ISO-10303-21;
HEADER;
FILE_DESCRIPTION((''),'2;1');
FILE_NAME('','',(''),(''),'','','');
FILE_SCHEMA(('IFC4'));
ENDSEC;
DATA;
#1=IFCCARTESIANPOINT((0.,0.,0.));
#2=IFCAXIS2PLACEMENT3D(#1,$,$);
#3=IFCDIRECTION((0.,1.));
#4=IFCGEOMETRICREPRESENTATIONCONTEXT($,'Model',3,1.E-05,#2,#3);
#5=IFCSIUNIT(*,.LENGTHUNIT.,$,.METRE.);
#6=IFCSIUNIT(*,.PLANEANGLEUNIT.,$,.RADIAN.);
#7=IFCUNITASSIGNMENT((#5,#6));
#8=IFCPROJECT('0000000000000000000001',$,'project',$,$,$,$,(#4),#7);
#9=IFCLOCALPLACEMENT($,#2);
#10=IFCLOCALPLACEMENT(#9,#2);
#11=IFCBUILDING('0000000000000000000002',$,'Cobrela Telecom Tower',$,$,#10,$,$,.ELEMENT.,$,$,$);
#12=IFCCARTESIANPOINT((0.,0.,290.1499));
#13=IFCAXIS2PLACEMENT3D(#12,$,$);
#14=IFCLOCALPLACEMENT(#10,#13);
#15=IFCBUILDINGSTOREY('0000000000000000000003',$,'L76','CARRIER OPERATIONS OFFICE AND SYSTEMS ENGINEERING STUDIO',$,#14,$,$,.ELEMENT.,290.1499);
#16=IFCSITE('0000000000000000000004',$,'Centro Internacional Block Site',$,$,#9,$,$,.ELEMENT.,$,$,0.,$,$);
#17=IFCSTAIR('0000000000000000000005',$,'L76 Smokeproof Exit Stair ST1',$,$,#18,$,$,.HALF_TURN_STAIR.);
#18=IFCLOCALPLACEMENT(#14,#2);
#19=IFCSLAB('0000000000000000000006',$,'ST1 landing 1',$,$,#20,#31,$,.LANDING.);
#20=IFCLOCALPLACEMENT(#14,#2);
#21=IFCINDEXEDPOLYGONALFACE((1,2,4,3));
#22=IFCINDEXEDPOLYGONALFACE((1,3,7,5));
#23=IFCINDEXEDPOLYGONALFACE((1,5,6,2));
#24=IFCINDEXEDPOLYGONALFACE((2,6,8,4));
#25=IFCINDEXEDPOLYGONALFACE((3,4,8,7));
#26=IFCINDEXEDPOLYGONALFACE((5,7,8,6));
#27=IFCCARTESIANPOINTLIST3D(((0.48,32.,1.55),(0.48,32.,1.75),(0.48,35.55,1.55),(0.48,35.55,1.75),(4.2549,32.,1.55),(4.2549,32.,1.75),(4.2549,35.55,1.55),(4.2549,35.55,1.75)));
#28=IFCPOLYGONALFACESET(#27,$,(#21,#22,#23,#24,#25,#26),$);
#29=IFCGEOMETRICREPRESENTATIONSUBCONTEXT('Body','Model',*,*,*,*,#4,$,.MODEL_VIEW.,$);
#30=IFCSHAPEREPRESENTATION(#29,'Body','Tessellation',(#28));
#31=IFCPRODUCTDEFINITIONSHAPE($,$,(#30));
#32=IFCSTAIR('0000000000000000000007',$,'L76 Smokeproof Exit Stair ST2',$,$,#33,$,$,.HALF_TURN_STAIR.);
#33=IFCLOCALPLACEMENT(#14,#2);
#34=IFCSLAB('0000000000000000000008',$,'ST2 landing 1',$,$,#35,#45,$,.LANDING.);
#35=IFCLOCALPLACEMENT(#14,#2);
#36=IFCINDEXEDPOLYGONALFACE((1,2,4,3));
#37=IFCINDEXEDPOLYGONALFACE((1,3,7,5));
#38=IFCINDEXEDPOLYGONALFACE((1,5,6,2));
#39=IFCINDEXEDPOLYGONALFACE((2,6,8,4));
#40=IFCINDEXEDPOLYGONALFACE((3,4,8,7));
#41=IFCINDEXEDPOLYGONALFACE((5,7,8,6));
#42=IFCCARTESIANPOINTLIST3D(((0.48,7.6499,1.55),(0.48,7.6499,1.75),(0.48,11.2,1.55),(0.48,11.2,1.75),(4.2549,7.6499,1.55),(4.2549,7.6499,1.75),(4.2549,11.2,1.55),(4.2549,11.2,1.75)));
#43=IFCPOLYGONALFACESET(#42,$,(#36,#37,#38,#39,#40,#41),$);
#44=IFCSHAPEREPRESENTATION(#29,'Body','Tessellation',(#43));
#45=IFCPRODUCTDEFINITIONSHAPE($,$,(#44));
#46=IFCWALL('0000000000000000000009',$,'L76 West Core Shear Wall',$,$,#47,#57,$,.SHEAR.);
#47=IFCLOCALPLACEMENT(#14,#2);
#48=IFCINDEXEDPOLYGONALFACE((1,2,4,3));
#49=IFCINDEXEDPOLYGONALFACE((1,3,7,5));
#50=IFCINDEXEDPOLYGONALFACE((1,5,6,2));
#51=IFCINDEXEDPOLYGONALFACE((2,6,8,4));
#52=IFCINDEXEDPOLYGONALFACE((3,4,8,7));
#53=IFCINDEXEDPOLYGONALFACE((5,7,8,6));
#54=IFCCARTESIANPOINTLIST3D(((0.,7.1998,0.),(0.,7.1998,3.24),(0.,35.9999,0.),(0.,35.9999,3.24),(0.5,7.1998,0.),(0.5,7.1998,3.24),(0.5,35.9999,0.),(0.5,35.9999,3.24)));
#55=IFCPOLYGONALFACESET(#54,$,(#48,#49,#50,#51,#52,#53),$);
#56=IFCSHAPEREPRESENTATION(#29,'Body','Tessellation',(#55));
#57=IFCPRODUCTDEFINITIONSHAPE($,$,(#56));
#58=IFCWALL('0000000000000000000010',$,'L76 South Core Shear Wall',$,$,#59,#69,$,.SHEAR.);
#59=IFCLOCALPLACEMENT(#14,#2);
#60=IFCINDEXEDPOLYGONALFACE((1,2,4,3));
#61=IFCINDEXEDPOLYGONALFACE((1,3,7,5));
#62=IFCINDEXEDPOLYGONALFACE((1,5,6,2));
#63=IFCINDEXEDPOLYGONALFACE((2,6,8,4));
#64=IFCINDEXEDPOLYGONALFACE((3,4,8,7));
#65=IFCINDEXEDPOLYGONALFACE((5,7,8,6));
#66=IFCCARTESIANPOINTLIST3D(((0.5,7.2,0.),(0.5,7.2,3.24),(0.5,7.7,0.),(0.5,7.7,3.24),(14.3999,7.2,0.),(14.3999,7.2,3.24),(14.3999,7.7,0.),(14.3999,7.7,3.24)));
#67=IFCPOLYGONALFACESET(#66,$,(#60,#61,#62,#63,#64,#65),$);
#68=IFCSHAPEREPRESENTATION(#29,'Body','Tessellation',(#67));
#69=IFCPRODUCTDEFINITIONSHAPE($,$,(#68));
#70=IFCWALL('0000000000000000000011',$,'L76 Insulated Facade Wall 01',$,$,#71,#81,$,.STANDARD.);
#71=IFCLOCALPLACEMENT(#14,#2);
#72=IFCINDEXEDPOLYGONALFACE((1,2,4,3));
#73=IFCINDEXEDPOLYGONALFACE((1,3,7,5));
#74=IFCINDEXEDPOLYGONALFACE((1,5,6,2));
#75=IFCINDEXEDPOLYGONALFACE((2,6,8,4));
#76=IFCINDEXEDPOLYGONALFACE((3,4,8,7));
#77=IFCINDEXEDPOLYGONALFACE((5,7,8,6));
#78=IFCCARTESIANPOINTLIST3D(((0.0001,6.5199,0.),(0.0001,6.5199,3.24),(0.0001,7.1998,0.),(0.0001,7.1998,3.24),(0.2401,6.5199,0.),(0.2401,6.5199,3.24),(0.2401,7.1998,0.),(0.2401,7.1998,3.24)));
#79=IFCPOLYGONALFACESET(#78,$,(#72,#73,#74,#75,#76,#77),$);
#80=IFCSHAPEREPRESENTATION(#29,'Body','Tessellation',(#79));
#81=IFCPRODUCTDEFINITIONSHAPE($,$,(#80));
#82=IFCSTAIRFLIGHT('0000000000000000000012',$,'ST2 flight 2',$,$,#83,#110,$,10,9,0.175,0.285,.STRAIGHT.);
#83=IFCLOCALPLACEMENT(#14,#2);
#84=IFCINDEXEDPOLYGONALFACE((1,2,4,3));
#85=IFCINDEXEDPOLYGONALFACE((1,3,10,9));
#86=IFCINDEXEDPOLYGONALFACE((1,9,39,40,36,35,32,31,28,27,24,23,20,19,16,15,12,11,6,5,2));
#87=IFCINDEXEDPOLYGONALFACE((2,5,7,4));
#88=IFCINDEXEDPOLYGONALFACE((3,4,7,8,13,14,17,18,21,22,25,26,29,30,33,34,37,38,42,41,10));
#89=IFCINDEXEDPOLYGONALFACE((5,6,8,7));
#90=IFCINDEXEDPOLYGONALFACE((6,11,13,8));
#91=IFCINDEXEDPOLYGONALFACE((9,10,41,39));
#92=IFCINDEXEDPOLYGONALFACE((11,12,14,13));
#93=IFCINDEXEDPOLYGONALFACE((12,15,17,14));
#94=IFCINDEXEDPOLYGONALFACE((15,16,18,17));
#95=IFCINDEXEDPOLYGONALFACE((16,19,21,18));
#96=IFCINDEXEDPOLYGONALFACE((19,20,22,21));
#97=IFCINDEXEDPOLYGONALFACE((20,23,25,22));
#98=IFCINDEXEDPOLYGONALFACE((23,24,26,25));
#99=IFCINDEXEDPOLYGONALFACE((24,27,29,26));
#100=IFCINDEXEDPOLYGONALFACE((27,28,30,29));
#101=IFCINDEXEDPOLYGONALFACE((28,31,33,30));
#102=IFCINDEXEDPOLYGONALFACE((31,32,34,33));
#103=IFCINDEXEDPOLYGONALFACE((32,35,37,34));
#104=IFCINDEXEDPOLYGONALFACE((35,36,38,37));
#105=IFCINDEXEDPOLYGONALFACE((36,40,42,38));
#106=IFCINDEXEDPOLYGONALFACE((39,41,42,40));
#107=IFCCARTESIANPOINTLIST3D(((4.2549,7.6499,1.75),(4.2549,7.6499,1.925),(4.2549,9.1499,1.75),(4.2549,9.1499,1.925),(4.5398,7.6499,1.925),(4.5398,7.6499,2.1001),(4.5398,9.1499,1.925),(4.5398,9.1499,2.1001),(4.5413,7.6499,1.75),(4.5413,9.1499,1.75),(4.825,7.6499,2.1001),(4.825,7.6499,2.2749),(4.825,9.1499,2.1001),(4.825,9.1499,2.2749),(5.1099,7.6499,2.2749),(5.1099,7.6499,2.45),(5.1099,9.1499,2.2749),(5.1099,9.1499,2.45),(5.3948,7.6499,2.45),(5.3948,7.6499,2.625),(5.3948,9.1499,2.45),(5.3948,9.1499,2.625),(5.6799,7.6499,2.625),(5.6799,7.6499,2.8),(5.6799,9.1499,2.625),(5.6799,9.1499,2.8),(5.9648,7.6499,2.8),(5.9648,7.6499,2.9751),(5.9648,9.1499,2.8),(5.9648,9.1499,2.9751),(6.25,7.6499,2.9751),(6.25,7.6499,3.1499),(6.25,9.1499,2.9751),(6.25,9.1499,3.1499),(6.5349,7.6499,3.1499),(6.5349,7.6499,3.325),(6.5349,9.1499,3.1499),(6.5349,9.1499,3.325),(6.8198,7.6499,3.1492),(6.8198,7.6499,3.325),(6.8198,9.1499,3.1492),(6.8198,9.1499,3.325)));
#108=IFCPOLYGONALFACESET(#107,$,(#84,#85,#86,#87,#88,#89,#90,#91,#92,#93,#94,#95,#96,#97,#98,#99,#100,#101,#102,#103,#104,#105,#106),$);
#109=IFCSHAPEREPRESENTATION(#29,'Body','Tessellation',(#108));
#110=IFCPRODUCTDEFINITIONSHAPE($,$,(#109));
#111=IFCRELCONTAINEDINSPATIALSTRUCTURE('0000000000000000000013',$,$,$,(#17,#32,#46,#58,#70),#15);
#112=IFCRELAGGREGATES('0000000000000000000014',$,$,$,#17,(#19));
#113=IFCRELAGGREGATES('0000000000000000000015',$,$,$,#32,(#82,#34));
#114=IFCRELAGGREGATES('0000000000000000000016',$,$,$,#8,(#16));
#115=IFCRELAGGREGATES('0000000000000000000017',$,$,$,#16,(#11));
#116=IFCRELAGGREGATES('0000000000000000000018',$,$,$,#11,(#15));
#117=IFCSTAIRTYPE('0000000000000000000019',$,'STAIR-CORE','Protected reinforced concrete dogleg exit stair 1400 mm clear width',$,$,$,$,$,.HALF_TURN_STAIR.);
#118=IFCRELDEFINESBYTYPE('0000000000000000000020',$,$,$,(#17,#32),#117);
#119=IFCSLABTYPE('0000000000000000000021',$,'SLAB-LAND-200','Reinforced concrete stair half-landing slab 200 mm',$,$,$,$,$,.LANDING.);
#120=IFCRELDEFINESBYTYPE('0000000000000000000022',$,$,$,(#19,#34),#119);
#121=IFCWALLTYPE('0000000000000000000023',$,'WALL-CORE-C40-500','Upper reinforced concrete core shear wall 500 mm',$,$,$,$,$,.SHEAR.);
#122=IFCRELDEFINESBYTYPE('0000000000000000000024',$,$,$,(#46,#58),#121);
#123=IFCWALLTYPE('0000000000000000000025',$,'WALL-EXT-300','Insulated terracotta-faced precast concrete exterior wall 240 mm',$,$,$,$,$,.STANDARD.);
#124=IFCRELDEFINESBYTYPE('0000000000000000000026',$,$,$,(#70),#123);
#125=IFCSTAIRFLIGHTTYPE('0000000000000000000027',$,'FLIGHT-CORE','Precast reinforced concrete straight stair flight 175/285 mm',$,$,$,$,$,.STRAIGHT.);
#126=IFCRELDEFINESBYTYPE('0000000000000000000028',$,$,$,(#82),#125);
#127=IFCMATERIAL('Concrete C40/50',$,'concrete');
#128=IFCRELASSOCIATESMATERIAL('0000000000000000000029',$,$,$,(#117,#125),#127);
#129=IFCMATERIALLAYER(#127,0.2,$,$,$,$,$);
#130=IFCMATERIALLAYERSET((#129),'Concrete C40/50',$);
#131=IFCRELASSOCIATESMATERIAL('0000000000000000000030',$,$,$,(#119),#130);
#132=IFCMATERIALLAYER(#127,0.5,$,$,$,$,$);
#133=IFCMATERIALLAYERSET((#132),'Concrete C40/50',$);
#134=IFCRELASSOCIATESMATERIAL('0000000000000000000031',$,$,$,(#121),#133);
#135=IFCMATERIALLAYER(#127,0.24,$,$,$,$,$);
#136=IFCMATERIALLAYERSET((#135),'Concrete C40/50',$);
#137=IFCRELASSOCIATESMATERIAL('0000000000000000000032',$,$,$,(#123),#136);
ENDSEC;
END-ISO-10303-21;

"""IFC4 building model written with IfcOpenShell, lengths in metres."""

from ifc_helpers import new_model, si_unit, direction, frame, frame_2d, origin, place, context, subcontext, project, spatial, polyline, rectangle, outline, extrude, material, layer, layer_set, type_object, element, aggregate, save


model = new_model("IFC4")

# Units and contexts
model_context = context("Model", 3, precision=1e-05, world=origin(), true_north=direction((0.0, 1.0)))
body_context = subcontext(model_context, "Body", "Model", "MODEL_VIEW")
ifc_project = project(units=[si_unit("LENGTHUNIT", "METRE"), si_unit("PLANEANGLEUNIT", "RADIAN")], contexts=[model_context])

# Site, building, storey
site_placement = place(None, origin())
site = spatial("IfcSite", under=ifc_project, at=site_placement, Name="Centro Internacional Block Site", CompositionType="ELEMENT", RefElevation=0.0)
building_placement = place(site_placement, origin())
building = spatial("IfcBuilding", under=site, at=building_placement, Name="Cobrela Telecom Tower", CompositionType="ELEMENT")
storey_placement = place(building_placement, frame((0.0, 0.0, 290.1499)))
storey = spatial("IfcBuildingStorey", under=building, at=storey_placement, Name="L76", Description="CARRIER OPERATIONS OFFICE AND SYSTEMS ENGINEERING STUDIO", CompositionType="ELEMENT", Elevation=290.1499)

# Shared definitions
ifc_material_1 = material(Name="Concrete C40/50", Category="concrete")

# Stairs, slabs
stair_type = type_object("IfcStairType", Name="STAIR-CORE", Description="Protected reinforced concrete dogleg exit stair 1400 mm clear width", PredefinedType="HALF_TURN_STAIR", material=ifc_material_1)
stair_1_placement = place(storey_placement, origin())
stair_1 = element("IfcStair", 1, at=stair_1_placement, inside=storey, type_object=stair_type, Name="L76 Smokeproof Exit Stair ST1", PredefinedType="HALF_TURN_STAIR")
ifc_layer_1 = layer(ifc_material_1, 0.2)
ifc_layer_set_1 = layer_set([ifc_layer_1], Name="Concrete C40/50")
slab_type_1 = type_object("IfcSlabType", Name="SLAB-LAND-200", Description="Reinforced concrete stair half-landing slab 200 mm", PredefinedType="LANDING", material=ifc_layer_set_1)
slab_1_placement = place(storey_placement, frame((0.0, 0.0, 1.55)))
slab_1 = element("IfcSlab", 2, at=slab_1_placement, type_object=slab_type_1, Name="ST1 landing 1", PredefinedType="LANDING", context=body_context, shape_type="SweptSolid", body=[
    extrude(outline(polyline([(4.2549, 35.55), (0.48, 35.55), (0.48, 32.0), (4.2549, 32.0), (4.2549, 35.55)])), origin(), (0.0, 0.0, 1.0), 0.2),
])
aggregate(stair_1, [slab_1])
stair_2_placement = place(storey_placement, origin())
stair_2 = element("IfcStair", 3, at=stair_2_placement, inside=storey, type_object=stair_type, Name="L76 Smokeproof Exit Stair ST2", PredefinedType="HALF_TURN_STAIR")
slab_2_placement = place(storey_placement, frame((0.0, 0.0, 1.55)))
slab_2 = element("IfcSlab", 4, at=slab_2_placement, type_object=slab_type_1, Name="ST2 landing 1", PredefinedType="LANDING", context=body_context, shape_type="SweptSolid", body=[
    extrude(outline(polyline([(4.2549, 11.2), (0.48, 11.2), (0.48, 7.6499), (4.2549, 7.6499), (4.2549, 11.2)])), origin(), (0.0, 0.0, 1.0), 0.2),
])

# Walls
ifc_layer_2 = layer(ifc_material_1, 0.5)
ifc_layer_set_2 = layer_set([ifc_layer_2], Name="Concrete C40/50")
wall_type_1 = type_object("IfcWallType", Name="WALL-CORE-C40-500", Description="Upper reinforced concrete core shear wall 500 mm", PredefinedType="SHEAR", material=ifc_layer_set_2)
wall_1_placement = place(storey_placement, frame((0.25, 7.2, 0.0), z_axis=(0.0, 0.0, 1.0), x_axis=(0.0, 1.0, 0.0)))
element("IfcWall", 5, at=wall_1_placement, inside=storey, type_object=wall_type_1, Name="L76 West Core Shear Wall", PredefinedType="SHEAR", context=body_context, shape_type="SweptSolid", body=[
    extrude(rectangle(XDim=28.8, YDim=0.5, at=frame_2d((14.3999, 0.0))), origin(), (0.0, 0.0, 1.0), 3.24),
])
wall_2_placement = place(storey_placement, frame((0.5, 7.45, 0.0), z_axis=(0.0, 0.0, 1.0), x_axis=(1.0, 0.0, 0.0)))
element("IfcWall", 6, at=wall_2_placement, inside=storey, type_object=wall_type_1, Name="L76 South Core Shear Wall", PredefinedType="SHEAR", context=body_context, shape_type="SweptSolid", body=[
    extrude(rectangle(XDim=13.8999, YDim=0.5, at=frame_2d((6.95, 0.0))), origin(), (0.0, 0.0, 1.0), 3.24),
])
ifc_layer_3 = layer(ifc_material_1, 0.24)
ifc_layer_set_3 = layer_set([ifc_layer_3], Name="Concrete C40/50")
wall_type_2 = type_object("IfcWallType", Name="WALL-EXT-300", Description="Insulated terracotta-faced precast concrete exterior wall 240 mm", PredefinedType="STANDARD", material=ifc_layer_set_3)
wall_3_placement = place(storey_placement, frame((0.1201, 6.52, 0.0), z_axis=(0.0, 0.0, 1.0), x_axis=(0.0, 1.0, 0.0)))
element("IfcWall", 7, at=wall_3_placement, inside=storey, type_object=wall_type_2, Name="L76 Insulated Facade Wall 01", PredefinedType="STANDARD", context=body_context, shape_type="SweptSolid", body=[
    extrude(rectangle(XDim=0.6799, YDim=0.24, at=frame_2d((0.3398, 0.0))), origin(), (0.0, 0.0, 1.0), 3.24),
])

# Stair flight
stair_flight_type = type_object("IfcStairFlightType", Name="FLIGHT-CORE", Description="Precast reinforced concrete straight stair flight 175/285 mm", PredefinedType="STRAIGHT", material=ifc_material_1)
stair_flight_placement = place(storey_placement, frame((4.2549, 8.3999, 1.75), z_axis=(0.0, 0.0, 1.0), x_axis=(1.0, 0.0, 0.0)))
stair_flight = element("IfcStairFlight", 8, at=stair_flight_placement, type_object=stair_flight_type, Name="ST2 flight 2", NumberOfRisers=10, NumberOfTreads=9, PredefinedType="STRAIGHT", RiserHeight=0.175, TreadLength=0.285, context=body_context, shape_type="SweptSolid", body=[
    extrude(outline(polyline([(0.0, 0.0), (0.0, 0.175), (0.2849, 0.175), (0.2849, 0.3501), (0.5701, 0.3501), (0.5701, 0.5249), (0.855, 0.5249), (0.855, 0.7), (1.1399, 0.7), (1.1399, 0.875), (1.425, 0.875), (1.425, 1.05), (1.71, 1.05), (1.71, 1.2251), (1.9951, 1.2251), (1.9951, 1.3999), (2.28, 1.3999), (2.28, 1.575), (2.5649, 1.575), (2.5649, 1.75), (2.5649, 1.3992), (0.2864, 0.0), (0.0, 0.0)])), frame((0.0, 0.75, 0.0), z_axis=(0.0, -1.0, 0.0), x_axis=(1.0, 0.0, 0.0)), (0.0, 0.0, 1.0), 1.5),
])
aggregate(stair_2, [stair_flight, slab_2])

save(model, "model.ifc")
